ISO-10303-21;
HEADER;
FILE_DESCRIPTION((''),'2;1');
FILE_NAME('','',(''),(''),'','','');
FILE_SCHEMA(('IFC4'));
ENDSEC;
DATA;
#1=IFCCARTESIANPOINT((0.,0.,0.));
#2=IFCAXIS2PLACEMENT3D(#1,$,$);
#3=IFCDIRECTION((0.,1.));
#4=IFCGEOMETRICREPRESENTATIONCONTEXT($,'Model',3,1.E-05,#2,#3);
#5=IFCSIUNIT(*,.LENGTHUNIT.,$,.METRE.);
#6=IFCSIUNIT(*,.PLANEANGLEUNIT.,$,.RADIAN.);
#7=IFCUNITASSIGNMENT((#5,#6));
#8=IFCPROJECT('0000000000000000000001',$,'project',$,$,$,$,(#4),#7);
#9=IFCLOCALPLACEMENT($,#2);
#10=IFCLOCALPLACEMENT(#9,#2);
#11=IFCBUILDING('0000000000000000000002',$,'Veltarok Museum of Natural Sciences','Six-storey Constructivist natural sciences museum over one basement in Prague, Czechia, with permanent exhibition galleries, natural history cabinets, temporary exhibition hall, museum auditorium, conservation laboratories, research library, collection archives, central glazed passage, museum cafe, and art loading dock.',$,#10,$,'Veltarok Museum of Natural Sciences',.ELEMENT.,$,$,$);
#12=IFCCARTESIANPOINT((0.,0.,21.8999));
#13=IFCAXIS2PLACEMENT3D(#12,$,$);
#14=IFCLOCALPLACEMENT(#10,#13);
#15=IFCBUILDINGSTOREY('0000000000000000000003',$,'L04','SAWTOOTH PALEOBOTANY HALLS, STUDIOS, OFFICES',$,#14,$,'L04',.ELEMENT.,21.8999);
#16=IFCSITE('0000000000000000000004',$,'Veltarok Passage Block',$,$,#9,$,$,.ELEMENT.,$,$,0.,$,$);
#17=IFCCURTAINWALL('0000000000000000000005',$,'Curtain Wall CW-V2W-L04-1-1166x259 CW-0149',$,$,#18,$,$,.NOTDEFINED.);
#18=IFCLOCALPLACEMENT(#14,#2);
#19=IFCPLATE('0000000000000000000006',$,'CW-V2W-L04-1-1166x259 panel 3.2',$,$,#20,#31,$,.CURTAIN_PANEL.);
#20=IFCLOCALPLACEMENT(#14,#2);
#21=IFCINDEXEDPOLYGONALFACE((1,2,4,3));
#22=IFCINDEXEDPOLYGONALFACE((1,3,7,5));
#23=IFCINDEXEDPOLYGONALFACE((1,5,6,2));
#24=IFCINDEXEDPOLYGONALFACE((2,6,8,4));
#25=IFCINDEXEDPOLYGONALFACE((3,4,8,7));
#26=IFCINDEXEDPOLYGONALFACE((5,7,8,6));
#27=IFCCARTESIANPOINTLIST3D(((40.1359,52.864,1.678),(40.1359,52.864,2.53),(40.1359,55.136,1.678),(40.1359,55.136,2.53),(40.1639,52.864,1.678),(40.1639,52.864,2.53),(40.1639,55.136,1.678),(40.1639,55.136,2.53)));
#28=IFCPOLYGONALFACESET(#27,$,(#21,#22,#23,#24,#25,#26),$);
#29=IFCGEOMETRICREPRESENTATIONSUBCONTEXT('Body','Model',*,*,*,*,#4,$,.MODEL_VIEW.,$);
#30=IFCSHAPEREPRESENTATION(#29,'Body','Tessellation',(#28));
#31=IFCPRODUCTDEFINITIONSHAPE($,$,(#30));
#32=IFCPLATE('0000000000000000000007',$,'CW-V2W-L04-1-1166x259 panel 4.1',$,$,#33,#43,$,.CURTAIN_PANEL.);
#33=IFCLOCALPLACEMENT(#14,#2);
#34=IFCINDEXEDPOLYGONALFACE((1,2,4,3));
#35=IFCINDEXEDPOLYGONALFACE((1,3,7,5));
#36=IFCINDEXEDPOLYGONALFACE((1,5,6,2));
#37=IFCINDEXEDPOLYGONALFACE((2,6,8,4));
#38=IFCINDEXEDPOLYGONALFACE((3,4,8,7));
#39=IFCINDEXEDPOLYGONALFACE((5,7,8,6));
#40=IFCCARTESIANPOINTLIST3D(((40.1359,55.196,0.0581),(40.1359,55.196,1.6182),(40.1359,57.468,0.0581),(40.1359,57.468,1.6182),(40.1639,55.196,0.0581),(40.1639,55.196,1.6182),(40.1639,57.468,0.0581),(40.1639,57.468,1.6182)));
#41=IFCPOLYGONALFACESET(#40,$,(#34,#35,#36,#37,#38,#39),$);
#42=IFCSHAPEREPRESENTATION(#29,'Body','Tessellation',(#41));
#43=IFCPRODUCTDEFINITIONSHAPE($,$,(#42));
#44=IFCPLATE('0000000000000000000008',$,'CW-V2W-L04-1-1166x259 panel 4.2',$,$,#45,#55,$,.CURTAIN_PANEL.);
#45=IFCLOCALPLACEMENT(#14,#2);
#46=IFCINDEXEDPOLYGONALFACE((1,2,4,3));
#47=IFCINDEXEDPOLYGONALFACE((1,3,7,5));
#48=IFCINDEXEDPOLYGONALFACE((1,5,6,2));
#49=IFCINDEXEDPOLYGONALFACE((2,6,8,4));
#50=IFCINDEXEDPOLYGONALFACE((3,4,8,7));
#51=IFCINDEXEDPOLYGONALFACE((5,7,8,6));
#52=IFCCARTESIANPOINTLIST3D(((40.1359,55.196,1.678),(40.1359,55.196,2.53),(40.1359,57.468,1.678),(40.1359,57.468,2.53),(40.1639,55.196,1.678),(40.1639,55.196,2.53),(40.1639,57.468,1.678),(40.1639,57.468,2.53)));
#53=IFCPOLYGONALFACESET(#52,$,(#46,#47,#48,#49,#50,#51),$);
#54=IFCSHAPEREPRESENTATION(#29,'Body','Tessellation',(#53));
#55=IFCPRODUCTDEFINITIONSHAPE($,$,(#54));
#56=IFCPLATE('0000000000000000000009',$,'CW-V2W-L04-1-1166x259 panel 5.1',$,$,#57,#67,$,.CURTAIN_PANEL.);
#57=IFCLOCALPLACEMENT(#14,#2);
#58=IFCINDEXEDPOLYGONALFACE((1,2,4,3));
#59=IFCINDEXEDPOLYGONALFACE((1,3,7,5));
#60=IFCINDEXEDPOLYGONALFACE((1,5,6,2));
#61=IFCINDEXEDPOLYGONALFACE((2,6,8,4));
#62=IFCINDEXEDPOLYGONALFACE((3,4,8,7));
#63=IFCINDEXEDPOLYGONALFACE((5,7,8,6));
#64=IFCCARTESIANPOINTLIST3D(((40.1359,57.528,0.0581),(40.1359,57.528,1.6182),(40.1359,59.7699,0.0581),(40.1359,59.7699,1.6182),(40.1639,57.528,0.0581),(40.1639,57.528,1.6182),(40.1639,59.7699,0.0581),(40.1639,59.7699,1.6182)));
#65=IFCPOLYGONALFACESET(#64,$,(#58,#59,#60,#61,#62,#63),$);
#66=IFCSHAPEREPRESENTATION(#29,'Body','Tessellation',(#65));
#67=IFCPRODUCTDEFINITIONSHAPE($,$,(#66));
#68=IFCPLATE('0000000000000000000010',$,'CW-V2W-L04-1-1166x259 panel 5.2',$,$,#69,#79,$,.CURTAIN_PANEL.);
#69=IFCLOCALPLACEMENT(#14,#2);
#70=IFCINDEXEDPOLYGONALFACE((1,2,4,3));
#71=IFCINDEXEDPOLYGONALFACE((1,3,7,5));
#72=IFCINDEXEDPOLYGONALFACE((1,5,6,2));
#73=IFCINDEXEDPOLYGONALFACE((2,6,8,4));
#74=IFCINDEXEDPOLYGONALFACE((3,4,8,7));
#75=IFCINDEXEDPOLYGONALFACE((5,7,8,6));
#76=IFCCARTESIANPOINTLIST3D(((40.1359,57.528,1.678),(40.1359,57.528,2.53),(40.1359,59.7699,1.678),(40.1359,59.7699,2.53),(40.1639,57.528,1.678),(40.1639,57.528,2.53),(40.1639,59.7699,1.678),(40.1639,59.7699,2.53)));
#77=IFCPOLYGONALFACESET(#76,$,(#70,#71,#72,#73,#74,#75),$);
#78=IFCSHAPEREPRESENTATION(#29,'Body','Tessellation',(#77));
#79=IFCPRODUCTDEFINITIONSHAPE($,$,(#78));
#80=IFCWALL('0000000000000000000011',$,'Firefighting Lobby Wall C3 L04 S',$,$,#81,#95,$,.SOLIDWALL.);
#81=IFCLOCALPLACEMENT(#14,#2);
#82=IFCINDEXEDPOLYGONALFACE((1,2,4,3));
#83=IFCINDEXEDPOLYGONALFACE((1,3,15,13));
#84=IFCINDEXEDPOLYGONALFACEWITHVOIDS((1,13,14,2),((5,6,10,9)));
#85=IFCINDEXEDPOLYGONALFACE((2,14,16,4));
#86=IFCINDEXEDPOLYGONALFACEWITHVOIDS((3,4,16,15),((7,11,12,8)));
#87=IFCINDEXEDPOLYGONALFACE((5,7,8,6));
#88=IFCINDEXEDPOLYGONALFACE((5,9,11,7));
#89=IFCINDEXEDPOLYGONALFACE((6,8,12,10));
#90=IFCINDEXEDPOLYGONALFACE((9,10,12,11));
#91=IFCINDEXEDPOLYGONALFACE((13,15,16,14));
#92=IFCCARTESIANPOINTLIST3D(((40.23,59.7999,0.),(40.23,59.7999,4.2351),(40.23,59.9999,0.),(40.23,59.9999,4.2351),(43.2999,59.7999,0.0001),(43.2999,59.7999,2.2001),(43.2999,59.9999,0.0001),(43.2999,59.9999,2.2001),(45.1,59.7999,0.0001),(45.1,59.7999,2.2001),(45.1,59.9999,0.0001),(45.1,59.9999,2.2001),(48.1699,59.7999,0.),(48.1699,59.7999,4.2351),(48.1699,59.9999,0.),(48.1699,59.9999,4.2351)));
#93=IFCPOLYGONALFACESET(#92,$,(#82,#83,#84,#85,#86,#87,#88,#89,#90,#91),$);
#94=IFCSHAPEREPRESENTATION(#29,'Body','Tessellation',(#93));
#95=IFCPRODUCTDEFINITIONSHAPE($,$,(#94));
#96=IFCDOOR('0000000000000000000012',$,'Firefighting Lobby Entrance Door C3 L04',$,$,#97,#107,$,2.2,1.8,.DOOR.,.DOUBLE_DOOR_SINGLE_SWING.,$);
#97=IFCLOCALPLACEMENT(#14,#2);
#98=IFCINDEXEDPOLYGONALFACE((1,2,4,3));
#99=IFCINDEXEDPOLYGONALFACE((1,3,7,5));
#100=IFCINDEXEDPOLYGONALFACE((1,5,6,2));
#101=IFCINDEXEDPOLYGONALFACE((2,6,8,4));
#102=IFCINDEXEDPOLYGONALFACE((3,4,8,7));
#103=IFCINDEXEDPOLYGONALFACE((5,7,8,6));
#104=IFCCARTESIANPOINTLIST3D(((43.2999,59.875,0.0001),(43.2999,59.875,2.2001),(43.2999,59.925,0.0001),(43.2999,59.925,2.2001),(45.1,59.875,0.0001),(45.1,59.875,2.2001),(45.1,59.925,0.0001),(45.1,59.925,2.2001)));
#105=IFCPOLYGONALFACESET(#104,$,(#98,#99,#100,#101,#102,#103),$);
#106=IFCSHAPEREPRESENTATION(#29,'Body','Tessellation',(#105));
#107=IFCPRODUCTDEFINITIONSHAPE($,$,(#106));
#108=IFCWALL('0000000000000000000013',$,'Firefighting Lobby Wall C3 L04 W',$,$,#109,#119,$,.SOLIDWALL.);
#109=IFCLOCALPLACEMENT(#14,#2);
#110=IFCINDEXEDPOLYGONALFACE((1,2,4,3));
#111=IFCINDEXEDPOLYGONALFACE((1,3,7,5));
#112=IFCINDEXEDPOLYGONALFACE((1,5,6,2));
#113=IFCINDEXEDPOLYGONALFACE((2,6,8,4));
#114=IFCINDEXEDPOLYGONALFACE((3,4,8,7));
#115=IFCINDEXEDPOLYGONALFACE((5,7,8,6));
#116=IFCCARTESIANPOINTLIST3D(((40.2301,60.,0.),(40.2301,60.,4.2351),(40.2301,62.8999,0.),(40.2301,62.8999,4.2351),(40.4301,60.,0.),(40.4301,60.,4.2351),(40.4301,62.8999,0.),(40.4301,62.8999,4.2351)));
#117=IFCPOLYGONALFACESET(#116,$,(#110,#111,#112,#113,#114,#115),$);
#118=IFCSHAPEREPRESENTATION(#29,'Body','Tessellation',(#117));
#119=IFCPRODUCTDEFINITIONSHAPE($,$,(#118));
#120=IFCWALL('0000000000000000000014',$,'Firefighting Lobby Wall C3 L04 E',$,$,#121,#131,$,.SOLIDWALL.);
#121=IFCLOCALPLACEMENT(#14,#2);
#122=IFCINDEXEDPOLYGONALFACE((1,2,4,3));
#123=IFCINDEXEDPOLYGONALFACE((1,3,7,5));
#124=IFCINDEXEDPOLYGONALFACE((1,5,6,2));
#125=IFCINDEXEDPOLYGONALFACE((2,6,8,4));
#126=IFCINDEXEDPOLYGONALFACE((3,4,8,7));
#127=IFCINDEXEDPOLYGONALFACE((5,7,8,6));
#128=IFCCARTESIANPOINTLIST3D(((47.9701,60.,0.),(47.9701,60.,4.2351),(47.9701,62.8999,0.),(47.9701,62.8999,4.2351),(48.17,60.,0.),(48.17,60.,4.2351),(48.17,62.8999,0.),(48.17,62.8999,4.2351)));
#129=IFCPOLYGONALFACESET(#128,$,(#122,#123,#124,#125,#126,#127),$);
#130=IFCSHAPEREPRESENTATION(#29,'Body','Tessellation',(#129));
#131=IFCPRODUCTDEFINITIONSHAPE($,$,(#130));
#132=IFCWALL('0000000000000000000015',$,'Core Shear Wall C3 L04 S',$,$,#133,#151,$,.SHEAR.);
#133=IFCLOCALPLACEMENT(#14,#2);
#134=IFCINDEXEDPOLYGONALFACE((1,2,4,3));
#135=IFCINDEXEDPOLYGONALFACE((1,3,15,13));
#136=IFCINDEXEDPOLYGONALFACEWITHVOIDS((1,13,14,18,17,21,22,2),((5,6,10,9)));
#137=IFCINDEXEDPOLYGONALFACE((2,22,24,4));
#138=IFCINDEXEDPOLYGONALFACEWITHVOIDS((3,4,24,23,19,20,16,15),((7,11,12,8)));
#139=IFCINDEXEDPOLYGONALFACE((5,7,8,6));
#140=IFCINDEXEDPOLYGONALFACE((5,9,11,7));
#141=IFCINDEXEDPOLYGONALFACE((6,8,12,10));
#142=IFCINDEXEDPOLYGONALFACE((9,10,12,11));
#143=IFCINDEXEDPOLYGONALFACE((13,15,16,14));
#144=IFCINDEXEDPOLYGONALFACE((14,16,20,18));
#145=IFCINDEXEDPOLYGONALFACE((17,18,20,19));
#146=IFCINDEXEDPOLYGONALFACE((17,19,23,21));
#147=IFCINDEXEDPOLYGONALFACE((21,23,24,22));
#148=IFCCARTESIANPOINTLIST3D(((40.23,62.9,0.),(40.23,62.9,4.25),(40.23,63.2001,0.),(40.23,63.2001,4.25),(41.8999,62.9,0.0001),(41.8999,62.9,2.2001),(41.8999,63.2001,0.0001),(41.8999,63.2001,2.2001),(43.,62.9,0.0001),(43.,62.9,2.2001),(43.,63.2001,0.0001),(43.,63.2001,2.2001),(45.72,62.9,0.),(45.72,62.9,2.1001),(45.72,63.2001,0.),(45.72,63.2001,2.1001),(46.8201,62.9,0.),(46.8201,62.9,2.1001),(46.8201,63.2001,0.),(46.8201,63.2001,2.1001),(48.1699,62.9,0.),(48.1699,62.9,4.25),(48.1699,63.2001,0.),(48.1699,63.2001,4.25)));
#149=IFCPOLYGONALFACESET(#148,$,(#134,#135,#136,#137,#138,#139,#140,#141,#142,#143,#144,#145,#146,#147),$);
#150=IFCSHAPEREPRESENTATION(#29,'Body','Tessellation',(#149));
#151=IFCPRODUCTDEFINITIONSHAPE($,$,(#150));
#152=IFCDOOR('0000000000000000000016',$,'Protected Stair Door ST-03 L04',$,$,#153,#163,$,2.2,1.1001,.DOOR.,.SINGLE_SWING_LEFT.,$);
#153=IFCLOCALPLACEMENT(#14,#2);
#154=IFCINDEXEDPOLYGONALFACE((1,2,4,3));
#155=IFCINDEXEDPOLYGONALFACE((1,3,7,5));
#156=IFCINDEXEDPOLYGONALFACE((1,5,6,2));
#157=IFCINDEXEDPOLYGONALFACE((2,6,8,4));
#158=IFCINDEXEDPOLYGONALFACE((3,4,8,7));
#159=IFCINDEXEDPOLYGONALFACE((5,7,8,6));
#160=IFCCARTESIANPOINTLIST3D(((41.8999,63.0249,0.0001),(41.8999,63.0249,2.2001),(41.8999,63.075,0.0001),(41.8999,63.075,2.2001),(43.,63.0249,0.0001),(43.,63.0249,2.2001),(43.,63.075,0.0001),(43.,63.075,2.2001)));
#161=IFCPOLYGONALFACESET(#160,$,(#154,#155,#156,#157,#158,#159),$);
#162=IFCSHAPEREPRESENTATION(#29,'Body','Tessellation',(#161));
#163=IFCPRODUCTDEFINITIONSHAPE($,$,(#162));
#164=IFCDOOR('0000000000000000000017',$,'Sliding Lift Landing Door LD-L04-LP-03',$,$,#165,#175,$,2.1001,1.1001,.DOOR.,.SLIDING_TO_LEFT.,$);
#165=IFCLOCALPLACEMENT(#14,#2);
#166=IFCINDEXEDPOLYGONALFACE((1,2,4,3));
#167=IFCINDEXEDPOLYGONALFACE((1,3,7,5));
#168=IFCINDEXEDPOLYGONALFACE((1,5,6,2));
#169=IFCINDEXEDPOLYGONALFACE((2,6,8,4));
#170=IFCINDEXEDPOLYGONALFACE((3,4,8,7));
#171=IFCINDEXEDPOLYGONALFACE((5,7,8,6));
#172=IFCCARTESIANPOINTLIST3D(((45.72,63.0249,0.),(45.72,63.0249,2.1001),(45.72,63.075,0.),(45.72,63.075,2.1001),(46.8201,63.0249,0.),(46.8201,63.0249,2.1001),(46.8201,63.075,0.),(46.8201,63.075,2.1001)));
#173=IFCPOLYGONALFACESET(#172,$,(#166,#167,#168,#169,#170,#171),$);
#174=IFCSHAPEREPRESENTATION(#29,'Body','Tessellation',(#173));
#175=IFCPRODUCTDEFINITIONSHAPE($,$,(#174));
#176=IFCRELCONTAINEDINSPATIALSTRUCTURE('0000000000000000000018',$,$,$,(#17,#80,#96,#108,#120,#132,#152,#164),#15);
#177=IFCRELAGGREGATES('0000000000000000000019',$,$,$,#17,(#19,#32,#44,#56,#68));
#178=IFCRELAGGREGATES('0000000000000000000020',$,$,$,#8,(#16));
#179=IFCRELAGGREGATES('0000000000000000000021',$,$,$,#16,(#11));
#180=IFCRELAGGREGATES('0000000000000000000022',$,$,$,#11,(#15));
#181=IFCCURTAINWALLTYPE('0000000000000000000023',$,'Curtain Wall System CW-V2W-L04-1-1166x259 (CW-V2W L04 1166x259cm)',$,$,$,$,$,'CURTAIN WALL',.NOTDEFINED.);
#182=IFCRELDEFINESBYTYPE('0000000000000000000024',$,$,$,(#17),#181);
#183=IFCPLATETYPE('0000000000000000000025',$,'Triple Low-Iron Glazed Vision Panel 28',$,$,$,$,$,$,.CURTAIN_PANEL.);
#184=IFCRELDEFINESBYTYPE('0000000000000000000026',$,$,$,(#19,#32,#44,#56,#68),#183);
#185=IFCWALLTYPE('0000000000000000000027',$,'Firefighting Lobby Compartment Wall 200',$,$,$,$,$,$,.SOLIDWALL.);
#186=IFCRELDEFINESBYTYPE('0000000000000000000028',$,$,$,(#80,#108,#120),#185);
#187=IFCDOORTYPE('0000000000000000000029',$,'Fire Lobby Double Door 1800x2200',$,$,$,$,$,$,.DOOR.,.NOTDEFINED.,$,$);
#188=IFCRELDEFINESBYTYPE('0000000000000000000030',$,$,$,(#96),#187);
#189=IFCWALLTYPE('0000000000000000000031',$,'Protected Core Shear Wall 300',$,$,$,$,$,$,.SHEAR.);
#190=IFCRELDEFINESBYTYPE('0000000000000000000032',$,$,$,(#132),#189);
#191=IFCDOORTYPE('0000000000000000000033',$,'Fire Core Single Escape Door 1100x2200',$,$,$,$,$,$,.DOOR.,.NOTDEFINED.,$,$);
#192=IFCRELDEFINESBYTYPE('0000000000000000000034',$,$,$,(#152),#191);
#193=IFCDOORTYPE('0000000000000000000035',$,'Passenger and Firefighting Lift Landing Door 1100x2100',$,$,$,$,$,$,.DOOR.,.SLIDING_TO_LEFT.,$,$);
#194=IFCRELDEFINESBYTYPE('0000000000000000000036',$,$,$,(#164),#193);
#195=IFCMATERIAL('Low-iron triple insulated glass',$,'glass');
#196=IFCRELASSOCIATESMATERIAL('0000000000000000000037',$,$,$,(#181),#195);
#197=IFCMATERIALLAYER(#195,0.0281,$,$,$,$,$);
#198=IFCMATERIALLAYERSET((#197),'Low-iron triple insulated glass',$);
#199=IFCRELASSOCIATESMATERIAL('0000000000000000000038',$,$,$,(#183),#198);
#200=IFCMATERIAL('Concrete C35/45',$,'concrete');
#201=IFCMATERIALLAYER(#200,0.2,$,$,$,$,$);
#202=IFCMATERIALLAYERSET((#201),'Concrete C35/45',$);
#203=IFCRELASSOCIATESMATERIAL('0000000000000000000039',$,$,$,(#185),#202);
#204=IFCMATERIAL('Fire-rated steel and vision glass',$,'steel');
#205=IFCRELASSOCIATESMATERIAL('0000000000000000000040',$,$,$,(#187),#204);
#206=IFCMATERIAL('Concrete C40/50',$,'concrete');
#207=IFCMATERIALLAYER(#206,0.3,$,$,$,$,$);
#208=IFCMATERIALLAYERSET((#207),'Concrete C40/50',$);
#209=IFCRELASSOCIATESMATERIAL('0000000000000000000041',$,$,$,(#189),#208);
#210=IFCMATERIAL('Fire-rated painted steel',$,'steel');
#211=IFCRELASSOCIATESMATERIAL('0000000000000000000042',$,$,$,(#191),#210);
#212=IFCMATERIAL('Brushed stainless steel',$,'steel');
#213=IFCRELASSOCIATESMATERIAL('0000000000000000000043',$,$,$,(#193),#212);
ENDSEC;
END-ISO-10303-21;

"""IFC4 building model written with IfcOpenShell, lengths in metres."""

from ifc_helpers import new_model, si_unit, direction, frame, frame_2d, origin, origin_2d, place, context, subcontext, project, spatial, rectangle, extrude, material, layer, layer_set, type_object, element, fill, aggregate, save


model = new_model("IFC4")

# Units and contexts
model_context = context("Model", 3, precision=1e-05, world=origin(), true_north=direction((0.0, 1.0)))
body_context = subcontext(model_context, "Body", "Model", "MODEL_VIEW")
ifc_project = project(units=[si_unit("LENGTHUNIT", "METRE"), si_unit("PLANEANGLEUNIT", "RADIAN")], contexts=[model_context])

# Site, building, storey
site_placement = place(None, origin())
site = spatial("IfcSite", under=ifc_project, at=site_placement, Name="Veltarok Passage Block", CompositionType="ELEMENT", RefElevation=0.0)
building_placement = place(site_placement, origin())
building = spatial("IfcBuilding", under=site, at=building_placement, Name="Veltarok Museum of Natural Sciences", Description="Six-storey Constructivist natural sciences museum over one basement in Prague, Czechia, with permanent exhibition galleries, natural history cabinets, temporary exhibition hall, museum auditorium, conservation laboratories, research library, collection archives, central glazed passage, museum cafe, and art loading dock.", LongName="Veltarok Museum of Natural Sciences", CompositionType="ELEMENT")
storey_placement = place(building_placement, frame((0.0, 0.0, 21.8999)))
storey = spatial("IfcBuildingStorey", under=building, at=storey_placement, Name="L04", Description="SAWTOOTH PALEOBOTANY HALLS, STUDIOS, OFFICES", LongName="L04", CompositionType="ELEMENT", Elevation=21.8999)

# Curtain wall
ifc_material_1 = material(Name="Low-iron triple insulated glass", Category="glass")
curtain_wall_type = type_object("IfcCurtainWallType", Name="Curtain Wall System CW-V2W-L04-1-1166x259 (CW-V2W L04 1166x259cm)", ElementType="CURTAIN WALL", PredefinedType="NOTDEFINED", material=ifc_material_1)
curtain_wall_placement = place(storey_placement, origin())
curtain_wall = element("IfcCurtainWall", 1, at=curtain_wall_placement, inside=storey, type_object=curtain_wall_type, Name="Curtain Wall CW-V2W-L04-1-1166x259 CW-0149", PredefinedType="NOTDEFINED")

# Plates
ifc_layer_1 = layer(ifc_material_1, 0.0281)
ifc_layer_set_1 = layer_set([ifc_layer_1], Name="Low-iron triple insulated glass")
plate_type = type_object("IfcPlateType", Name="Triple Low-Iron Glazed Vision Panel 28", PredefinedType="CURTAIN_PANEL", material=ifc_layer_set_1)
plate_1_placement = place(storey_placement, frame((40.1499, 54.0, 1.678), z_axis=(0.0, 0.0, 1.0), x_axis=(0.0, 1.0, 0.0)))
plate_1 = element("IfcPlate", 2, at=plate_1_placement, type_object=plate_type, Name="CW-V2W-L04-1-1166x259 panel 3.2", PredefinedType="CURTAIN_PANEL", context=body_context, shape_type="SweptSolid", body=[
    extrude(rectangle(XDim=2.272, YDim=0.0281, at=origin_2d()), origin(), (0.0, 0.0, 1.0), 0.8521),
])
plate_2_placement = place(storey_placement, frame((40.1499, 56.332, 0.0581), z_axis=(0.0, 0.0, 1.0), x_axis=(0.0, 1.0, 0.0)))
plate_2 = element("IfcPlate", 3, at=plate_2_placement, type_object=plate_type, Name="CW-V2W-L04-1-1166x259 panel 4.1", PredefinedType="CURTAIN_PANEL", context=body_context, shape_type="SweptSolid", body=[
    extrude(rectangle(XDim=2.272, YDim=0.0281, at=origin_2d()), origin(), (0.0, 0.0, 1.0), 1.5601),
])
plate_3_placement = place(storey_placement, frame((40.1499, 56.332, 1.678), z_axis=(0.0, 0.0, 1.0), x_axis=(0.0, 1.0, 0.0)))
plate_3 = element("IfcPlate", 4, at=plate_3_placement, type_object=plate_type, Name="CW-V2W-L04-1-1166x259 panel 4.2", PredefinedType="CURTAIN_PANEL", context=body_context, shape_type="SweptSolid", body=[
    extrude(rectangle(XDim=2.272, YDim=0.0281, at=origin_2d()), origin(), (0.0, 0.0, 1.0), 0.8521),
])
plate_4_placement = place(storey_placement, frame((40.1499, 58.6489, 0.0581), z_axis=(0.0, 0.0, 1.0), x_axis=(0.0, 1.0, 0.0)))
plate_4 = element("IfcPlate", 5, at=plate_4_placement, type_object=plate_type, Name="CW-V2W-L04-1-1166x259 panel 5.1", PredefinedType="CURTAIN_PANEL", context=body_context, shape_type="SweptSolid", body=[
    extrude(rectangle(XDim=2.2419, YDim=0.0281, at=origin_2d()), origin(), (0.0, 0.0, 1.0), 1.5601),
])
plate_5_placement = place(storey_placement, frame((40.1499, 58.6489, 1.678), z_axis=(0.0, 0.0, 1.0), x_axis=(0.0, 1.0, 0.0)))
plate_5 = element("IfcPlate", 6, at=plate_5_placement, type_object=plate_type, Name="CW-V2W-L04-1-1166x259 panel 5.2", PredefinedType="CURTAIN_PANEL", context=body_context, shape_type="SweptSolid", body=[
    extrude(rectangle(XDim=2.2419, YDim=0.0281, at=origin_2d()), origin(), (0.0, 0.0, 1.0), 0.8521),
])
aggregate(curtain_wall, [plate_1, plate_2, plate_3, plate_4, plate_5])

# Wall, opening, door
ifc_material_2 = material(Name="Concrete C35/45", Category="concrete")
ifc_layer_2 = layer(ifc_material_2, 0.2)
ifc_layer_set_2 = layer_set([ifc_layer_2], Name="Concrete C35/45")
wall_type_1 = type_object("IfcWallType", Name="Firefighting Lobby Compartment Wall 200", PredefinedType="SOLIDWALL", material=ifc_layer_set_2)
wall_1_placement = place(storey_placement, frame((48.1699, 59.8999, 0.0), z_axis=(0.0, 0.0, 1.0), x_axis=(-1.0, 0.0, 0.0)))
wall_1 = element("IfcWall", 7, at=wall_1_placement, inside=storey, type_object=wall_type_1, Name="Firefighting Lobby Wall C3 L04 S", PredefinedType="SOLIDWALL", context=body_context, shape_type="SweptSolid", body=[
    extrude(rectangle(XDim=7.9399, YDim=0.2, at=frame_2d((3.97, 0.0))), origin(), (0.0, 0.0, 1.0), 4.2351),
])
opening_1_placement = place(wall_1_placement, frame((3.0701, 0.0, 0.0)))
opening_1 = element("IfcOpeningElement", 8, at=opening_1_placement, cuts=wall_1, PredefinedType="OPENING", context=body_context, shape_type="SweptSolid", body=[
    extrude(rectangle(XDim=1.8, YDim=2.2, at=frame_2d((0.8999, 1.1001))), frame((0.0, 0.1099, 0.0), z_axis=(0.0, -1.0, 0.0), x_axis=(1.0, 0.0, 0.0)), (0.0, 0.0, 1.0), 0.22),
])
ifc_material_3 = material(Name="Fire-rated steel and vision glass", Category="steel")
door_type_1 = type_object("IfcDoorType", Name="Fire Lobby Double Door 1800x2200", OperationType="NOTDEFINED", PredefinedType="DOOR", material=ifc_material_3)
door_1_placement = place(opening_1_placement, origin())
door_1 = element("IfcDoor", 9, at=door_1_placement, inside=storey, type_object=door_type_1, Name="Firefighting Lobby Entrance Door C3 L04", OperationType="DOUBLE_DOOR_SINGLE_SWING", OverallHeight=2.2, OverallWidth=1.8, PredefinedType="DOOR", context=body_context, shape_type="SweptSolid", body=[
    extrude(rectangle(XDim=1.8, YDim=2.2, at=frame_2d((0.8999, 1.1001))), frame((0.0, 0.0249, 0.0), z_axis=(0.0, -1.0, 0.0), x_axis=(1.0, 0.0, 0.0)), (0.0, 0.0, 1.0), 0.05),
])
fill(opening_1, door_1)

# Walls
for number, where, z_axis, x_axis, name in (
    (10, (40.3301, 60.0, 0.0), (0.0, 0.0, 1.0), (0.0, 1.0, 0.0), "Firefighting Lobby Wall C3 L04 W"),
    (11, (48.0701, 62.8999, 0.0), (0.0, 0.0, 1.0), (0.0, -1.0, 0.0), "Firefighting Lobby Wall C3 L04 E"),
):
    element("IfcWall", number, at=place(storey_placement, frame(where, z_axis=z_axis, x_axis=x_axis)), inside=storey, type_object=wall_type_1, Name=name, PredefinedType="SOLIDWALL", context=body_context, shape_type="SweptSolid", body=[
        extrude(rectangle(XDim=2.8999, YDim=0.2, at=frame_2d((1.45, 0.0))), origin(), (0.0, 0.0, 1.0), 4.2351),
    ])

# Wall, openings, doors
ifc_material_4 = material(Name="Concrete C40/50", Category="concrete")
ifc_layer_3 = layer(ifc_material_4, 0.3)
ifc_layer_set_3 = layer_set([ifc_layer_3], Name="Concrete C40/50")
wall_type_2 = type_object("IfcWallType", Name="Protected Core Shear Wall 300", PredefinedType="SHEAR", material=ifc_layer_set_3)
wall_2_placement = place(storey_placement, frame((40.23, 63.05, 0.0), z_axis=(0.0, 0.0, 1.0), x_axis=(1.0, 0.0, 0.0)))
wall_2 = element("IfcWall", 12, at=wall_2_placement, inside=storey, type_object=wall_type_2, Name="Core Shear Wall C3 L04 S", PredefinedType="SHEAR", context=body_context, shape_type="SweptSolid", body=[
    extrude(rectangle(XDim=7.9399, YDim=0.3, at=frame_2d((3.97, 0.0))), origin(), (0.0, 0.0, 1.0), 4.25),
])
opening_2_placement = place(wall_2_placement, frame((1.6699, 0.0, 0.0)))
opening_2 = element("IfcOpeningElement", 13, at=opening_2_placement, cuts=wall_2, PredefinedType="OPENING", context=body_context, shape_type="SweptSolid", body=[
    extrude(rectangle(XDim=1.1001, YDim=2.2, at=frame_2d((0.55, 1.1001))), frame((0.0, 0.1602, 0.0), z_axis=(0.0, -1.0, 0.0), x_axis=(1.0, 0.0, 0.0)), (0.0, 0.0, 1.0), 0.3201),
])
opening_3_placement = place(wall_2_placement, frame((5.49, 0.0, 0.0)))
opening_3 = element("IfcOpeningElement", 14, at=opening_3_placement, cuts=wall_2, PredefinedType="OPENING", context=body_context, shape_type="SweptSolid", body=[
    extrude(rectangle(XDim=1.1001, YDim=2.1001, at=frame_2d((0.55, 1.05))), frame((0.0, 0.1602, 0.0), z_axis=(0.0, -1.0, 0.0), x_axis=(1.0, 0.0, 0.0)), (0.0, 0.0, 1.0), 0.3201),
])
ifc_material_5 = material(Name="Fire-rated painted steel", Category="steel")
door_type_2 = type_object("IfcDoorType", Name="Fire Core Single Escape Door 1100x2200", OperationType="NOTDEFINED", PredefinedType="DOOR", material=ifc_material_5)
door_2_placement = place(opening_2_placement, origin())
door_2 = element("IfcDoor", 15, at=door_2_placement, inside=storey, type_object=door_type_2, Name="Protected Stair Door ST-03 L04", OperationType="SINGLE_SWING_LEFT", OverallHeight=2.2, OverallWidth=1.1001, PredefinedType="DOOR", context=body_context, shape_type="SweptSolid", body=[
    extrude(rectangle(XDim=1.1001, YDim=2.2, at=frame_2d((0.55, 1.1001))), frame((0.0, 0.0249, 0.0), z_axis=(0.0, -1.0, 0.0), x_axis=(1.0, 0.0, 0.0)), (0.0, 0.0, 1.0), 0.05),
])
fill(opening_2, door_2)
ifc_material_6 = material(Name="Brushed stainless steel", Category="steel")
door_type_3 = type_object("IfcDoorType", Name="Passenger and Firefighting Lift Landing Door 1100x2100", OperationType="SLIDING_TO_LEFT", PredefinedType="DOOR", material=ifc_material_6)
door_3_placement = place(opening_3_placement, origin())
door_3 = element("IfcDoor", 16, at=door_3_placement, inside=storey, type_object=door_type_3, Name="Sliding Lift Landing Door LD-L04-LP-03", OperationType="SLIDING_TO_LEFT", OverallHeight=2.1001, OverallWidth=1.1001, PredefinedType="DOOR", context=body_context, shape_type="SweptSolid", body=[
    extrude(rectangle(XDim=1.1001, YDim=2.1001, at=frame_2d((0.55, 1.05))), frame((0.0, 0.0249, 0.0), z_axis=(0.0, -1.0, 0.0), x_axis=(1.0, 0.0, 0.0)), (0.0, 0.0, 1.0), 0.05),
])
fill(opening_3, door_3)

save(model, "model.ifc")
